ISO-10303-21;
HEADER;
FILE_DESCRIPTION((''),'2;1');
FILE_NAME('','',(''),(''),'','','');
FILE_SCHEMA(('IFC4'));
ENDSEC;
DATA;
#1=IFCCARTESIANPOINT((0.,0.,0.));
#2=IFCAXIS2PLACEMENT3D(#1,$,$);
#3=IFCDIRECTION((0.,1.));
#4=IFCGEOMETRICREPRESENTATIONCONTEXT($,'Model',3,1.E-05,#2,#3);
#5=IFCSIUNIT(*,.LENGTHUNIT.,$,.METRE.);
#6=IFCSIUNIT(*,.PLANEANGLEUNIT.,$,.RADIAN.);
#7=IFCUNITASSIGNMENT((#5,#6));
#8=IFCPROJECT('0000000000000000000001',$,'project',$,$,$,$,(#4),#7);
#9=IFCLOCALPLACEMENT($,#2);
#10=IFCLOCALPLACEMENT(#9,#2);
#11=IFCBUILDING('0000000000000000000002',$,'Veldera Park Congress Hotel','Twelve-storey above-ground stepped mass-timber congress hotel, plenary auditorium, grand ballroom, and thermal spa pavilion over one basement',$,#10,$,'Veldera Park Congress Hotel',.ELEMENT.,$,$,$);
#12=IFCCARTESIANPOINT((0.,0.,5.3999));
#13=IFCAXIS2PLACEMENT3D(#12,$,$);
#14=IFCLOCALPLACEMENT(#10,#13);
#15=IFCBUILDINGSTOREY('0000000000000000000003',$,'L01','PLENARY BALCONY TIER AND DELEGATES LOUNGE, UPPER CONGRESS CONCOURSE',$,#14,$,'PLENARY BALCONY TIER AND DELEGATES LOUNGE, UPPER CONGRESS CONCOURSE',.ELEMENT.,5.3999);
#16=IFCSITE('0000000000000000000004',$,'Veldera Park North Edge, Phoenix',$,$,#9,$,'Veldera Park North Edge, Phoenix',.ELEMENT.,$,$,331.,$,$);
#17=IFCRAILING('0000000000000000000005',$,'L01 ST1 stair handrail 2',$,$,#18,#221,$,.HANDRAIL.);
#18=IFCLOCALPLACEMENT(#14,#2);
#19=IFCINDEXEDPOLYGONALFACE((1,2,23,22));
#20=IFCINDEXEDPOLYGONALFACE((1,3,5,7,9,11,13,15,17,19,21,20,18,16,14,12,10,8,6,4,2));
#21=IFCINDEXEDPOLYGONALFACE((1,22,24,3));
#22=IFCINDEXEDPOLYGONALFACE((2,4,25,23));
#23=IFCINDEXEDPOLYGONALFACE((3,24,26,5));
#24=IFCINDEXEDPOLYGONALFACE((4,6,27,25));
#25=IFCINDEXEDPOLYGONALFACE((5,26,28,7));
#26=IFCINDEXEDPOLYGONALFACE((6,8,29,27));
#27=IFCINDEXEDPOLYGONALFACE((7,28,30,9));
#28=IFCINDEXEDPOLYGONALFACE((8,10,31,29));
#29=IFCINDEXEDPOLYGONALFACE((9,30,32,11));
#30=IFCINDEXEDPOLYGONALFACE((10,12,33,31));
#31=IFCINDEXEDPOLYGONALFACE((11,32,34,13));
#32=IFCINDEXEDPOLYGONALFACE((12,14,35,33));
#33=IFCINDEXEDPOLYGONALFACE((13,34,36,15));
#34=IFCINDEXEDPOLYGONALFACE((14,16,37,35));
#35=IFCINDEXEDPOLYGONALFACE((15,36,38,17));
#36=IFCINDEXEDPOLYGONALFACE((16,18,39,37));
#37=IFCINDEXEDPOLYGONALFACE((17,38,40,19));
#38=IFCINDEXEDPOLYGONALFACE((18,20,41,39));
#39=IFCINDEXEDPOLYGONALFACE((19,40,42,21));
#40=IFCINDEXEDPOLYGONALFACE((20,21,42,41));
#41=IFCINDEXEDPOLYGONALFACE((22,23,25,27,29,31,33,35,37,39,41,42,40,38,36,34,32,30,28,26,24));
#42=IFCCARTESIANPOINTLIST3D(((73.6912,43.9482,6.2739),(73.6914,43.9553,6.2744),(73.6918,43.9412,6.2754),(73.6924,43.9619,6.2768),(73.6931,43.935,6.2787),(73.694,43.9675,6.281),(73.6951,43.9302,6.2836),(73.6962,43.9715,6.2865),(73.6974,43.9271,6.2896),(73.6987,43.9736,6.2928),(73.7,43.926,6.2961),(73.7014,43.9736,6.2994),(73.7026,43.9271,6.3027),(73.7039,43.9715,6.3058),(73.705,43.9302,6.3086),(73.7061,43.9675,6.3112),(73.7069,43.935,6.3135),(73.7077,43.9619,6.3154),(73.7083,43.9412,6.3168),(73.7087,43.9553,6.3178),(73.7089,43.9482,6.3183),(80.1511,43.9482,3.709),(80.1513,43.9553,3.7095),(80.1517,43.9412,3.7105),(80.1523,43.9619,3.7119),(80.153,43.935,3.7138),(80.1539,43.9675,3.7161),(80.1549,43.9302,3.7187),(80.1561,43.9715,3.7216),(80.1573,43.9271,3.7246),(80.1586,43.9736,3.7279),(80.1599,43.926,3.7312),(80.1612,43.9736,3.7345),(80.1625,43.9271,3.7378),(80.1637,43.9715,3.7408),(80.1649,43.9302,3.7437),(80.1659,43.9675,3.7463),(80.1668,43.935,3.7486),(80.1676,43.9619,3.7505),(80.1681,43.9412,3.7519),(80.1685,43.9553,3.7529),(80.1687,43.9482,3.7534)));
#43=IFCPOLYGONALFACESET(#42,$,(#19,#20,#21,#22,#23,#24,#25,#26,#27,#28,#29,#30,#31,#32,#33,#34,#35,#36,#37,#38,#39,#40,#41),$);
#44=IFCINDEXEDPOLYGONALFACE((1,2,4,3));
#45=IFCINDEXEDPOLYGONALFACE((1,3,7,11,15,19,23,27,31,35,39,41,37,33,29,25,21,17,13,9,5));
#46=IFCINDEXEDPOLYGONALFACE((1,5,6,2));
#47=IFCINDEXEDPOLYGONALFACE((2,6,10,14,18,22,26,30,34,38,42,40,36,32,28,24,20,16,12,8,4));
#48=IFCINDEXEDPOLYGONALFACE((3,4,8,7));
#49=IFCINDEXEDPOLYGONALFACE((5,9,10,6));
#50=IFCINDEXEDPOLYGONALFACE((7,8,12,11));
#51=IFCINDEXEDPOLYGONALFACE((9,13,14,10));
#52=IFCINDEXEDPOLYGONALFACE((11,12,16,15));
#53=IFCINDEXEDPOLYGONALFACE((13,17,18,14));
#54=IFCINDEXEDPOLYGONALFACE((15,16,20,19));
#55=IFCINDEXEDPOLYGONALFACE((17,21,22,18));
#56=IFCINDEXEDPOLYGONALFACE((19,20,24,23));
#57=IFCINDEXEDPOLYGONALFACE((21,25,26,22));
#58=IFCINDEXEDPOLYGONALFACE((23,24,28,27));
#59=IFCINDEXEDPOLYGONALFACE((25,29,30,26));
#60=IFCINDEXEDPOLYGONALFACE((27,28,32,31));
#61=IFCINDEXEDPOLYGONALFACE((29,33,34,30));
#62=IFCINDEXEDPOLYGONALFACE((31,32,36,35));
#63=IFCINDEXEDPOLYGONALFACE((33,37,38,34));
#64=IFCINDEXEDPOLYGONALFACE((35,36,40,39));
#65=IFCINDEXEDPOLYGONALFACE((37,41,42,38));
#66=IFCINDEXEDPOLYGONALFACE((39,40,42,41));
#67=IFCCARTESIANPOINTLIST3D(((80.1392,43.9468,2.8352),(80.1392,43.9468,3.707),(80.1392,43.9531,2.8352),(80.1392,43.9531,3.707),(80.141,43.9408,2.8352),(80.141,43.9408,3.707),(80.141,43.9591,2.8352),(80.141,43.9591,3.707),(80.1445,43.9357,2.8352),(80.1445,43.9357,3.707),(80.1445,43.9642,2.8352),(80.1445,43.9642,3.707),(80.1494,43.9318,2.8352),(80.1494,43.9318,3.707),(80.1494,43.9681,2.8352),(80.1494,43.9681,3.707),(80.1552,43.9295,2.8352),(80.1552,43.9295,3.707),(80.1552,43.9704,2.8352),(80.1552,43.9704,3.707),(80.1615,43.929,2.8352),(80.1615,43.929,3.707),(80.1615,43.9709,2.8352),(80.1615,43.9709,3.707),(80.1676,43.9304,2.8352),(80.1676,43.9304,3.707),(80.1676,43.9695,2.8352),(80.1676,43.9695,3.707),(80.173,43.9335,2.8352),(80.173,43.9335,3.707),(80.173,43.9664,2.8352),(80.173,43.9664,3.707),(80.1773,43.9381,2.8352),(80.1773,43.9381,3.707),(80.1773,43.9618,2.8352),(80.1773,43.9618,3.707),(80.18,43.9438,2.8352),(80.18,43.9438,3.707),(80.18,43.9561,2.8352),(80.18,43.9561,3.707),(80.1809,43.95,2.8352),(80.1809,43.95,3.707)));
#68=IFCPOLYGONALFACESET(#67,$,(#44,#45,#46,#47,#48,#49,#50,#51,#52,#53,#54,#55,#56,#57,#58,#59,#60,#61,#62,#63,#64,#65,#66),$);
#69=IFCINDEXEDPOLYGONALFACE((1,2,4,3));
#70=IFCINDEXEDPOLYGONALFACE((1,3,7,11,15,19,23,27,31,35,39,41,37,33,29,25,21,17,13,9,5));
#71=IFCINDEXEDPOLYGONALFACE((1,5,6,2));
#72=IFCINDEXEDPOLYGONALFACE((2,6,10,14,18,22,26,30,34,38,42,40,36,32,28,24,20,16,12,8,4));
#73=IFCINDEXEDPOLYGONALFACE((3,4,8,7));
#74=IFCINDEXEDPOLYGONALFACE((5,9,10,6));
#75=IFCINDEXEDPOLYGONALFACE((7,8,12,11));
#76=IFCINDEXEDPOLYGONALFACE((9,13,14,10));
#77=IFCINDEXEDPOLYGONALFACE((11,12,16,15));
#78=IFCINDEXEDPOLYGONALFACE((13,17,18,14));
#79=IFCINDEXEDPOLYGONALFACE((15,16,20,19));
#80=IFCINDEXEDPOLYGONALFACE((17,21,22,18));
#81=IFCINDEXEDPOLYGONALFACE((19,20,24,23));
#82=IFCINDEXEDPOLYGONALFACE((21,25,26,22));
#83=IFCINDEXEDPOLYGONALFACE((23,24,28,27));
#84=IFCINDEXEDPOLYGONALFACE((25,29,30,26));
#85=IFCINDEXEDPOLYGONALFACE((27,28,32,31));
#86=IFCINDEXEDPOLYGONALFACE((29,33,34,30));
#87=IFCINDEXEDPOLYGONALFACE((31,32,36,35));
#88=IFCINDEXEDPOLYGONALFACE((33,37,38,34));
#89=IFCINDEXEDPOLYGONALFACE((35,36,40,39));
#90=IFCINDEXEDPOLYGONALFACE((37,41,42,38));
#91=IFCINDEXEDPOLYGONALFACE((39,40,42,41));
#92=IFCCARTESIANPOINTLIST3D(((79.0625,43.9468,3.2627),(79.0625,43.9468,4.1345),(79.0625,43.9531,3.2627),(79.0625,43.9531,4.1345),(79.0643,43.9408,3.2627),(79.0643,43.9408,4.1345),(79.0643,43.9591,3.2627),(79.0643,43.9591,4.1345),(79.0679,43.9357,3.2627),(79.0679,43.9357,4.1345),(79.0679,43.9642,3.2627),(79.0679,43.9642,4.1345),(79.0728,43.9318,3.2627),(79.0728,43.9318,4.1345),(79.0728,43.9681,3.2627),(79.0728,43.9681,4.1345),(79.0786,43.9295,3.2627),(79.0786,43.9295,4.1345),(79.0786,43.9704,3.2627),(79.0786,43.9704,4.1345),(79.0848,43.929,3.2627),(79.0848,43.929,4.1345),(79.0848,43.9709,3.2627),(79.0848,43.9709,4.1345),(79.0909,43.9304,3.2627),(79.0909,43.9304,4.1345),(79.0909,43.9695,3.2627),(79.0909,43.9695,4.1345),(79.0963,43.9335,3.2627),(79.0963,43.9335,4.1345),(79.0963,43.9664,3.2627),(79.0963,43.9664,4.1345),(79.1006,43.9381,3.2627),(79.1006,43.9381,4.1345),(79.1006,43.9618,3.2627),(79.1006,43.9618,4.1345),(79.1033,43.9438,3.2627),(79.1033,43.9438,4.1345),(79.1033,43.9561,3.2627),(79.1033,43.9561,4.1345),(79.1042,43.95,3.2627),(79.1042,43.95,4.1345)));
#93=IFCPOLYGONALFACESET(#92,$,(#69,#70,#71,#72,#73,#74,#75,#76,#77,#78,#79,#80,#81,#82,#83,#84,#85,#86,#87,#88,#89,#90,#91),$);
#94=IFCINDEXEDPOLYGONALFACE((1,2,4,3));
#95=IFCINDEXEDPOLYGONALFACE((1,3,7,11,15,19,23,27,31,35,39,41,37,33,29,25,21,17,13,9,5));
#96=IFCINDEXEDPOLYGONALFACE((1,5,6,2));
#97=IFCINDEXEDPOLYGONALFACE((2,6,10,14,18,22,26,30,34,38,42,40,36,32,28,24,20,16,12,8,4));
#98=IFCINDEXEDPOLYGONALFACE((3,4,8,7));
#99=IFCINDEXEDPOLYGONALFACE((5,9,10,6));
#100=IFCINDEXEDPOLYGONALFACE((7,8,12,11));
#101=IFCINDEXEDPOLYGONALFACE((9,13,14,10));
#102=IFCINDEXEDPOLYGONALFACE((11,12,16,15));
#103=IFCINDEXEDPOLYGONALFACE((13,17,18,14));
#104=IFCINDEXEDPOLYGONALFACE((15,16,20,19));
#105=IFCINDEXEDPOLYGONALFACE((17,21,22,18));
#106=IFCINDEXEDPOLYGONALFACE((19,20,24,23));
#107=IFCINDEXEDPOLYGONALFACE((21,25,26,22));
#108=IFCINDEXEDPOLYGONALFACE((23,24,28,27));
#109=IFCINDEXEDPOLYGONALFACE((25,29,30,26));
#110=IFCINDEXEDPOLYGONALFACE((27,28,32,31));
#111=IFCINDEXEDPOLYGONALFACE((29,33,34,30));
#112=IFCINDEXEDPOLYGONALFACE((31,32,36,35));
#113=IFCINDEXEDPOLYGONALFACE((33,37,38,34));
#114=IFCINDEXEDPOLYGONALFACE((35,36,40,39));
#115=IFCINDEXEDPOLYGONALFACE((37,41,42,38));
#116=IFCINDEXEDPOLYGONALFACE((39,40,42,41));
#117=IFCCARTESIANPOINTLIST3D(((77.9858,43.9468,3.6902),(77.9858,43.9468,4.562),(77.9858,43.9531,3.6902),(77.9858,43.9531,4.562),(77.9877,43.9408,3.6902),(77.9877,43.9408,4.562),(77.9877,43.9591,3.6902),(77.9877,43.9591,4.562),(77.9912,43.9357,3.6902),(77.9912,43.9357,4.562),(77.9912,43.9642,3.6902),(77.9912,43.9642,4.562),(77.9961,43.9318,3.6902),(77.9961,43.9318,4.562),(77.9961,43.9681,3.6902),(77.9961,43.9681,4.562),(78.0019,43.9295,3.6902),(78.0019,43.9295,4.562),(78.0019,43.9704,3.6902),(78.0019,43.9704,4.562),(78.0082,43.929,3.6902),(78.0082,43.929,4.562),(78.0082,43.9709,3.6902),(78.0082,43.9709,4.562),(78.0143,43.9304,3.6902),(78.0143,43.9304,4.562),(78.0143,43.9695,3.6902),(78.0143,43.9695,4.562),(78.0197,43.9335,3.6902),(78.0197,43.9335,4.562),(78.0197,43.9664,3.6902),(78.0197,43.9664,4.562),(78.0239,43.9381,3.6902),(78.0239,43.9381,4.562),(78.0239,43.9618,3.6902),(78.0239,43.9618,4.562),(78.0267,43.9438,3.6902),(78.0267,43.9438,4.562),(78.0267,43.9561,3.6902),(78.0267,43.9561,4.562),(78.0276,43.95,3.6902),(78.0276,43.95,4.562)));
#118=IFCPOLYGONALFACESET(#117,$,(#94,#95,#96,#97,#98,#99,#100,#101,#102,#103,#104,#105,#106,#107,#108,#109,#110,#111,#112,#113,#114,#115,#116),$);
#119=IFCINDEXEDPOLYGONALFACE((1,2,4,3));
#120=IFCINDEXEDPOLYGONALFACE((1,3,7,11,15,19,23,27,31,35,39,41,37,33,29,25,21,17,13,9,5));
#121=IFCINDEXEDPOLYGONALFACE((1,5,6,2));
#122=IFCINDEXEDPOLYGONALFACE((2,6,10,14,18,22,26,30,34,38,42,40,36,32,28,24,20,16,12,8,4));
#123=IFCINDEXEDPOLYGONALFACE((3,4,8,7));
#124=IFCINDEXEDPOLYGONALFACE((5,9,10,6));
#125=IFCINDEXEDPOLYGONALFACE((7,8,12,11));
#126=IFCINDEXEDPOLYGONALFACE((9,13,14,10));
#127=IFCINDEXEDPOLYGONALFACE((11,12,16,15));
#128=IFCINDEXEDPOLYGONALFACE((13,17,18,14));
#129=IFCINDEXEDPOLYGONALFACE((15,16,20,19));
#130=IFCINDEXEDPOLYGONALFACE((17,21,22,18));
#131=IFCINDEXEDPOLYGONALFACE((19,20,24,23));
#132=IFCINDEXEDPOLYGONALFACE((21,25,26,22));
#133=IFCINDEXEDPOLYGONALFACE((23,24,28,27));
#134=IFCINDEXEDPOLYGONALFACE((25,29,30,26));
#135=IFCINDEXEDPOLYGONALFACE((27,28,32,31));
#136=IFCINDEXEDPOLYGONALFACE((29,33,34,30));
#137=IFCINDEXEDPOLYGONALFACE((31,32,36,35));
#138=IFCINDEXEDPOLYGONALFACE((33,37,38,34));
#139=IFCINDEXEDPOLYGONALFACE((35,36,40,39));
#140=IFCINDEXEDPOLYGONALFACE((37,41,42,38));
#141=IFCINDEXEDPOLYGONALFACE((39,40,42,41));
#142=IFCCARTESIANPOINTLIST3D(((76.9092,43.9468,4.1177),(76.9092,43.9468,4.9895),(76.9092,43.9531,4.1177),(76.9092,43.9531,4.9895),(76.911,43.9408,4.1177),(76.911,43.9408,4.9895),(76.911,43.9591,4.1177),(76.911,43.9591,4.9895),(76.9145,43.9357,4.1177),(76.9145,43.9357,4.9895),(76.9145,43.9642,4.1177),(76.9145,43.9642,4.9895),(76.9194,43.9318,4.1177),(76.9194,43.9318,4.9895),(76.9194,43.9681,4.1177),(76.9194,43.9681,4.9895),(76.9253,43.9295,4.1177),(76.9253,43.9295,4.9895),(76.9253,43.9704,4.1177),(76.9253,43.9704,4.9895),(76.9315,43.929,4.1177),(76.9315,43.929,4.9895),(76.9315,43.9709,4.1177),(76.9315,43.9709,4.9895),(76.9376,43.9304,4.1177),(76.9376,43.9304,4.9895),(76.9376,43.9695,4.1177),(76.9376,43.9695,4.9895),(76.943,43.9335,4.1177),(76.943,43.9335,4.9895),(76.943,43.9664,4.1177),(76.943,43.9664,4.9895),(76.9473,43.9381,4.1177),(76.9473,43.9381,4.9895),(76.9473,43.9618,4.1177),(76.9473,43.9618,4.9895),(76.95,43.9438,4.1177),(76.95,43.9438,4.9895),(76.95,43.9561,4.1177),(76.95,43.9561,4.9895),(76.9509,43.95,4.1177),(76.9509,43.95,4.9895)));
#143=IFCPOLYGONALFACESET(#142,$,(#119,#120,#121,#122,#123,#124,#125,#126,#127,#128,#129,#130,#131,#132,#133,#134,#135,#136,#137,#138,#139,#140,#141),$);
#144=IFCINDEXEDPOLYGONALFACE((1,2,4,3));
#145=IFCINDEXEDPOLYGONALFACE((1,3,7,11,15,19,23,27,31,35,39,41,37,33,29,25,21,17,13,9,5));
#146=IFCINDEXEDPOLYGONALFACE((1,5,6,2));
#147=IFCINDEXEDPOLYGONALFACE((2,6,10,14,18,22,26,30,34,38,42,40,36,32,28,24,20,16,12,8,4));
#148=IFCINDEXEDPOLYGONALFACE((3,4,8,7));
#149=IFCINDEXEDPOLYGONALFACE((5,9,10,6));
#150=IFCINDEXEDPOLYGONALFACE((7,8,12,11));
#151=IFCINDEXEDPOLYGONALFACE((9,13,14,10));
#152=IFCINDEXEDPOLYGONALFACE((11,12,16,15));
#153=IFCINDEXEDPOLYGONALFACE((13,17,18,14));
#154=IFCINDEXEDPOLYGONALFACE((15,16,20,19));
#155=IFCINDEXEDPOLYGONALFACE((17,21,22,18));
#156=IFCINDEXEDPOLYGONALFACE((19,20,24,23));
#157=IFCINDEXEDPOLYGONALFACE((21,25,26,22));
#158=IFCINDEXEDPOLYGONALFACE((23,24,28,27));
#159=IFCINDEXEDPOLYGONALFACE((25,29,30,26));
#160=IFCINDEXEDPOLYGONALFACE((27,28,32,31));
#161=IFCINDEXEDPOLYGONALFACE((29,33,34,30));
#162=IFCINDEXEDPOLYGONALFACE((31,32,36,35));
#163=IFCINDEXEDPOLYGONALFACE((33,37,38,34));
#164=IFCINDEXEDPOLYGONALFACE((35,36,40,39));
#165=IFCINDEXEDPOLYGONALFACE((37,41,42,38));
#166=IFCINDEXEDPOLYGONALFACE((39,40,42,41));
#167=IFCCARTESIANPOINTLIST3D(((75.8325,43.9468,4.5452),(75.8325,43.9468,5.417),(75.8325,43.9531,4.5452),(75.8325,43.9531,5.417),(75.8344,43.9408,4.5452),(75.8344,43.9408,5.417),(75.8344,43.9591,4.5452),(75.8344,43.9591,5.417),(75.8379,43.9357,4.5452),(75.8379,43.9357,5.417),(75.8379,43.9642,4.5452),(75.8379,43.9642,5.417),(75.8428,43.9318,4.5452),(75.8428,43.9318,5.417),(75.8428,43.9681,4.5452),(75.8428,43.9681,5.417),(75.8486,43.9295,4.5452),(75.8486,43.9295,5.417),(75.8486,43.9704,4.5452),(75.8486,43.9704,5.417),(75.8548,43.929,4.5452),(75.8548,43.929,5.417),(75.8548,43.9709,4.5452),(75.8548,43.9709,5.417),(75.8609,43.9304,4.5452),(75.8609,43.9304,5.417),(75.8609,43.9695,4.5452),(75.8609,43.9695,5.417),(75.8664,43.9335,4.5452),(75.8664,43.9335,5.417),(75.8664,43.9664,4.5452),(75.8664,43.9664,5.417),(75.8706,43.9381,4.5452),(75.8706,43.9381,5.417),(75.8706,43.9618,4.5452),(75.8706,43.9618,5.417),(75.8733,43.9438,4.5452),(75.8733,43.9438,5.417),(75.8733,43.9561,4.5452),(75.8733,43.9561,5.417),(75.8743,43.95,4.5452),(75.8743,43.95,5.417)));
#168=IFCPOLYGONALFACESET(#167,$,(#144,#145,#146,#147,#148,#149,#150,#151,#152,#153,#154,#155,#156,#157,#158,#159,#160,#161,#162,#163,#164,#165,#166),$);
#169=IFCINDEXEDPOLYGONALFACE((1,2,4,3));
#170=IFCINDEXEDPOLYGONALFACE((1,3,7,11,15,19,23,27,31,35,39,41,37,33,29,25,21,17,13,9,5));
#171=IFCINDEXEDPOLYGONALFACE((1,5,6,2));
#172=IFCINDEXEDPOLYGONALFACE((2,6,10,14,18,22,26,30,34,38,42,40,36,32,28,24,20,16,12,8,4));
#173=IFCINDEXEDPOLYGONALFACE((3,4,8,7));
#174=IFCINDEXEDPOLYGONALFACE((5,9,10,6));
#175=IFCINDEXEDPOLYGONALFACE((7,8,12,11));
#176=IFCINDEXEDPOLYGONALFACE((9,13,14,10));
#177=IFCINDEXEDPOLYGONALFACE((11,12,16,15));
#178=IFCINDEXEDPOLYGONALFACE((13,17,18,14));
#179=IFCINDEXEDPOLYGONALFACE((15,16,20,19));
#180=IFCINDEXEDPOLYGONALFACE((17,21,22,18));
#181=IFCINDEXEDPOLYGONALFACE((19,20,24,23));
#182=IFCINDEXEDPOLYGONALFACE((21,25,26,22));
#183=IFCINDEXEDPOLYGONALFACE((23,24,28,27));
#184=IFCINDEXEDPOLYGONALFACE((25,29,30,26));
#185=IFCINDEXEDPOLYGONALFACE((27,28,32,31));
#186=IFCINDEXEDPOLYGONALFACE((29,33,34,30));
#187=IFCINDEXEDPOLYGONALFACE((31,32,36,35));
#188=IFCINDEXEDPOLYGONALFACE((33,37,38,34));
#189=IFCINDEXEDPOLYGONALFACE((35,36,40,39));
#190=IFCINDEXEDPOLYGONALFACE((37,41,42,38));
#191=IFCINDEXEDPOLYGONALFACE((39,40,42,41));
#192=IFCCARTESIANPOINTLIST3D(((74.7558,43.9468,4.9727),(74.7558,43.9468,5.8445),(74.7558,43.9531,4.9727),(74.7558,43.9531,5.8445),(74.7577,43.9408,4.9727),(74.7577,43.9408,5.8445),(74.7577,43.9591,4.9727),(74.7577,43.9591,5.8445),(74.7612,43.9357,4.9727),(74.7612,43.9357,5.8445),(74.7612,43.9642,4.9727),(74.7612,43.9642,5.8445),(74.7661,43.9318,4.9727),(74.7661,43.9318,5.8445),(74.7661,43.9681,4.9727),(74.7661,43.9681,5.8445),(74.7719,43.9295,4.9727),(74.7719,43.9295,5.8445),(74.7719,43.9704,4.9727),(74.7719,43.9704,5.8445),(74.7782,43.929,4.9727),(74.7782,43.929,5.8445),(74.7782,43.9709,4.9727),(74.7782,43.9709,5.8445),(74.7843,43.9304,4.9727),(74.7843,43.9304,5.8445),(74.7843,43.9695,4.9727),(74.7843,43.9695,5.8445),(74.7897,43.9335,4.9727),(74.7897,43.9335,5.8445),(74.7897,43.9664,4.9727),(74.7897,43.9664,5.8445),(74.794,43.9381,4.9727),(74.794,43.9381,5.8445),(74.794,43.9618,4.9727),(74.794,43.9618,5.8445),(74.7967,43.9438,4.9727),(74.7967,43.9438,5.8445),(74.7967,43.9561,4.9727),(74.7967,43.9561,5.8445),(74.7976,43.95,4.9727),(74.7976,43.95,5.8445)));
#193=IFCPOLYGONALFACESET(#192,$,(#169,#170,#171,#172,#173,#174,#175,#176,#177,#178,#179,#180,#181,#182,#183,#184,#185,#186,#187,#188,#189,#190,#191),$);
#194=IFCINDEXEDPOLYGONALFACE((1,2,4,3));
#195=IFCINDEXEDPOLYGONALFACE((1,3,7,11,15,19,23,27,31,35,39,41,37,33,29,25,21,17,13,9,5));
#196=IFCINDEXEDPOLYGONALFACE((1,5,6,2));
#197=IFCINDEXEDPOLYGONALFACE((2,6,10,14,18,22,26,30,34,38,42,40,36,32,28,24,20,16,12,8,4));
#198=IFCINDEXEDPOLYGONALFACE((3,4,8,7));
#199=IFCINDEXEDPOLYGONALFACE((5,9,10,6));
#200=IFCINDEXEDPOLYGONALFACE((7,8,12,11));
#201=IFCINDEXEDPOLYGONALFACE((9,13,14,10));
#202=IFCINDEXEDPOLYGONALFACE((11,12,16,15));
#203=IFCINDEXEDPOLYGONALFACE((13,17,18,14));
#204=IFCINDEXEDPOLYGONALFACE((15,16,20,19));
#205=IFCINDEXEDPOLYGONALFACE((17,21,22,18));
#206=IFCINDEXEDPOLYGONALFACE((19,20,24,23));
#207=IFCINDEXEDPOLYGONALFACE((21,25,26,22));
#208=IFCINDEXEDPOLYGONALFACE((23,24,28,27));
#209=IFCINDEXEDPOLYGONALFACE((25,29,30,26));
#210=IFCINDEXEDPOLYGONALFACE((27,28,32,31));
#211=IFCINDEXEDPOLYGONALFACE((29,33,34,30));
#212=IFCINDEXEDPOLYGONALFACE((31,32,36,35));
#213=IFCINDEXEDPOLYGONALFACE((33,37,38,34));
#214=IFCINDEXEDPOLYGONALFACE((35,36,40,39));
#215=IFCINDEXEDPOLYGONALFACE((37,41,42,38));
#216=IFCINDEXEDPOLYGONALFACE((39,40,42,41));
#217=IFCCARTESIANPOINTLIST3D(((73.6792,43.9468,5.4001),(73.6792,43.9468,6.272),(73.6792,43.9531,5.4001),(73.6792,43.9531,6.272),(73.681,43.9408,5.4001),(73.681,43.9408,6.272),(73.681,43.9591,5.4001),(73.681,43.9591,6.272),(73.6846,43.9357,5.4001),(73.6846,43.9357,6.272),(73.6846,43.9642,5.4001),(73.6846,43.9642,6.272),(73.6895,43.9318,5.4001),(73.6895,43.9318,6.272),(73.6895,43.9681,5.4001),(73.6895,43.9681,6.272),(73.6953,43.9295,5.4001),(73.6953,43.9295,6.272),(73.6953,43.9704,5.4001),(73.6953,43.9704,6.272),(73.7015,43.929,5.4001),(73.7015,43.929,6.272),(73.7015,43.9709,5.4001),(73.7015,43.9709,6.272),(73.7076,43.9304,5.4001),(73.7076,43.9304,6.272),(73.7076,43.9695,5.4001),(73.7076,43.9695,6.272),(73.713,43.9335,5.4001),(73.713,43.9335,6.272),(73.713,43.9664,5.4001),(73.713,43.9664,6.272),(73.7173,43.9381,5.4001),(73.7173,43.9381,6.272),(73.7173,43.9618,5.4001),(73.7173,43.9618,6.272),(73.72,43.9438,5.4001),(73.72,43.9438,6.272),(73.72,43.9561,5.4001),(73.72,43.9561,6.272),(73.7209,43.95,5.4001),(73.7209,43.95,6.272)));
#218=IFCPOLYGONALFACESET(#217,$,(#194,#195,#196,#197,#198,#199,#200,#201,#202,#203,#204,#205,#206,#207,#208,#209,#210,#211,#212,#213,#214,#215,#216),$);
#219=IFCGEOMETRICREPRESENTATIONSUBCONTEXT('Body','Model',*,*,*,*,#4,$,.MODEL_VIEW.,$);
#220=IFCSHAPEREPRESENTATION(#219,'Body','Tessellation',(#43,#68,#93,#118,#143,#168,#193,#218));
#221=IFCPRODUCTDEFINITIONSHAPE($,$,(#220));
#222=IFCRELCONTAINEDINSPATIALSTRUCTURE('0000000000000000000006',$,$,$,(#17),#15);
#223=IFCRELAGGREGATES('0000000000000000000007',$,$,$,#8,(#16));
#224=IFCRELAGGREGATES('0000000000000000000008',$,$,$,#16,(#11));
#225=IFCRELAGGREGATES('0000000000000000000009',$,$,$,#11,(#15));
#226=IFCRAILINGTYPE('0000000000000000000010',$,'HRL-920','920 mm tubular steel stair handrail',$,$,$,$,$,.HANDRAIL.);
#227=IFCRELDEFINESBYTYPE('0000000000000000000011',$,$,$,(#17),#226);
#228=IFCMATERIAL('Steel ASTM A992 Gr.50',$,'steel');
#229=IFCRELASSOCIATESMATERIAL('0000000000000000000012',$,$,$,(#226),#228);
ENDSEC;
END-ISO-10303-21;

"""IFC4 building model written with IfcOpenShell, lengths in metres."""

from ifc_helpers import new_model, si_unit, direction, frame, origin, origin_2d, place, context, subcontext, project, spatial, circle, extrude, material, type_object, element, save


model = new_model("IFC4")

# Units and contexts
model_context = context("Model", 3, precision=1e-05, world=origin(), true_north=direction((0.0, 1.0)))
body_context = subcontext(model_context, "Body", "Model", "MODEL_VIEW")
ifc_project = project(units=[si_unit("LENGTHUNIT", "METRE"), si_unit("PLANEANGLEUNIT", "RADIAN")], contexts=[model_context])

# Site, building, storey
site_placement = place(None, origin())
site = spatial("IfcSite", under=ifc_project, at=site_placement, Name="Veldera Park North Edge, Phoenix", LongName="Veldera Park North Edge, Phoenix", CompositionType="ELEMENT", RefElevation=331.0)
building_placement = place(site_placement, origin())
building = spatial("IfcBuilding", under=site, at=building_placement, Name="Veldera Park Congress Hotel", Description="Twelve-storey above-ground stepped mass-timber congress hotel, plenary auditorium, grand ballroom, and thermal spa pavilion over one basement", LongName="Veldera Park Congress Hotel", CompositionType="ELEMENT")
storey_placement = place(building_placement, frame((0.0, 0.0, 5.3999)))
storey = spatial("IfcBuildingStorey", under=building, at=storey_placement, Name="L01", Description="PLENARY BALCONY TIER AND DELEGATES LOUNGE, UPPER CONGRESS CONCOURSE", LongName="PLENARY BALCONY TIER AND DELEGATES LOUNGE, UPPER CONGRESS CONCOURSE", CompositionType="ELEMENT", Elevation=5.3999)

# Shared definitions
ifc_material_1 = material(Name="Steel ASTM A992 Gr.50", Category="steel")

# Railing
railing_type_1 = type_object("IfcRailingType", Name="HRL-920", Description="920 mm tubular steel stair handrail", PredefinedType="HANDRAIL", material=ifc_material_1)
railing_1_placement = place(storey_placement, frame((80.1599, 43.95, 2.8352)))
element("IfcRailing", 1, at=railing_1_placement, inside=storey, type_object=railing_type_1, Name="L01 ST1 stair handrail 2", PredefinedType="HANDRAIL", context=body_context, shape_type="SweptSolid", body=[
    extrude(circle(Radius=0.0239, at=origin_2d()), frame((0.0, 0.0, 0.896), z_axis=(-0.929418, 0.0, 0.369028), x_axis=(0.0, -1.0, 0.0)), (0.0, 0.0, 1.0), 6.9504),
    extrude(circle(Radius=0.021, at=origin_2d()), origin(), (0.0, 0.0, 1.0), 0.8718),
    extrude(circle(Radius=0.021, at=origin_2d()), frame((-1.0767, 0.0, 0.4275)), (0.0, 0.0, 1.0), 0.8718),
    extrude(circle(Radius=0.021, at=origin_2d()), frame((-2.1533, 0.0, 0.855)), (0.0, 0.0, 1.0), 0.8718),
    extrude(circle(Radius=0.021, at=origin_2d()), frame((-3.23, 0.0, 1.2825)), (0.0, 0.0, 1.0), 0.8718),
    extrude(circle(Radius=0.021, at=origin_2d()), frame((-4.3066, 0.0, 1.71)), (0.0, 0.0, 1.0), 0.8718),
    extrude(circle(Radius=0.021, at=origin_2d()), frame((-5.3833, 0.0, 2.1375)), (0.0, 0.0, 1.0), 0.8718),
    extrude(circle(Radius=0.021, at=origin_2d()), frame((-6.46, 0.0, 2.5649)), (0.0, 0.0, 1.0), 0.8718),
])

save(model, "model.ifc")
